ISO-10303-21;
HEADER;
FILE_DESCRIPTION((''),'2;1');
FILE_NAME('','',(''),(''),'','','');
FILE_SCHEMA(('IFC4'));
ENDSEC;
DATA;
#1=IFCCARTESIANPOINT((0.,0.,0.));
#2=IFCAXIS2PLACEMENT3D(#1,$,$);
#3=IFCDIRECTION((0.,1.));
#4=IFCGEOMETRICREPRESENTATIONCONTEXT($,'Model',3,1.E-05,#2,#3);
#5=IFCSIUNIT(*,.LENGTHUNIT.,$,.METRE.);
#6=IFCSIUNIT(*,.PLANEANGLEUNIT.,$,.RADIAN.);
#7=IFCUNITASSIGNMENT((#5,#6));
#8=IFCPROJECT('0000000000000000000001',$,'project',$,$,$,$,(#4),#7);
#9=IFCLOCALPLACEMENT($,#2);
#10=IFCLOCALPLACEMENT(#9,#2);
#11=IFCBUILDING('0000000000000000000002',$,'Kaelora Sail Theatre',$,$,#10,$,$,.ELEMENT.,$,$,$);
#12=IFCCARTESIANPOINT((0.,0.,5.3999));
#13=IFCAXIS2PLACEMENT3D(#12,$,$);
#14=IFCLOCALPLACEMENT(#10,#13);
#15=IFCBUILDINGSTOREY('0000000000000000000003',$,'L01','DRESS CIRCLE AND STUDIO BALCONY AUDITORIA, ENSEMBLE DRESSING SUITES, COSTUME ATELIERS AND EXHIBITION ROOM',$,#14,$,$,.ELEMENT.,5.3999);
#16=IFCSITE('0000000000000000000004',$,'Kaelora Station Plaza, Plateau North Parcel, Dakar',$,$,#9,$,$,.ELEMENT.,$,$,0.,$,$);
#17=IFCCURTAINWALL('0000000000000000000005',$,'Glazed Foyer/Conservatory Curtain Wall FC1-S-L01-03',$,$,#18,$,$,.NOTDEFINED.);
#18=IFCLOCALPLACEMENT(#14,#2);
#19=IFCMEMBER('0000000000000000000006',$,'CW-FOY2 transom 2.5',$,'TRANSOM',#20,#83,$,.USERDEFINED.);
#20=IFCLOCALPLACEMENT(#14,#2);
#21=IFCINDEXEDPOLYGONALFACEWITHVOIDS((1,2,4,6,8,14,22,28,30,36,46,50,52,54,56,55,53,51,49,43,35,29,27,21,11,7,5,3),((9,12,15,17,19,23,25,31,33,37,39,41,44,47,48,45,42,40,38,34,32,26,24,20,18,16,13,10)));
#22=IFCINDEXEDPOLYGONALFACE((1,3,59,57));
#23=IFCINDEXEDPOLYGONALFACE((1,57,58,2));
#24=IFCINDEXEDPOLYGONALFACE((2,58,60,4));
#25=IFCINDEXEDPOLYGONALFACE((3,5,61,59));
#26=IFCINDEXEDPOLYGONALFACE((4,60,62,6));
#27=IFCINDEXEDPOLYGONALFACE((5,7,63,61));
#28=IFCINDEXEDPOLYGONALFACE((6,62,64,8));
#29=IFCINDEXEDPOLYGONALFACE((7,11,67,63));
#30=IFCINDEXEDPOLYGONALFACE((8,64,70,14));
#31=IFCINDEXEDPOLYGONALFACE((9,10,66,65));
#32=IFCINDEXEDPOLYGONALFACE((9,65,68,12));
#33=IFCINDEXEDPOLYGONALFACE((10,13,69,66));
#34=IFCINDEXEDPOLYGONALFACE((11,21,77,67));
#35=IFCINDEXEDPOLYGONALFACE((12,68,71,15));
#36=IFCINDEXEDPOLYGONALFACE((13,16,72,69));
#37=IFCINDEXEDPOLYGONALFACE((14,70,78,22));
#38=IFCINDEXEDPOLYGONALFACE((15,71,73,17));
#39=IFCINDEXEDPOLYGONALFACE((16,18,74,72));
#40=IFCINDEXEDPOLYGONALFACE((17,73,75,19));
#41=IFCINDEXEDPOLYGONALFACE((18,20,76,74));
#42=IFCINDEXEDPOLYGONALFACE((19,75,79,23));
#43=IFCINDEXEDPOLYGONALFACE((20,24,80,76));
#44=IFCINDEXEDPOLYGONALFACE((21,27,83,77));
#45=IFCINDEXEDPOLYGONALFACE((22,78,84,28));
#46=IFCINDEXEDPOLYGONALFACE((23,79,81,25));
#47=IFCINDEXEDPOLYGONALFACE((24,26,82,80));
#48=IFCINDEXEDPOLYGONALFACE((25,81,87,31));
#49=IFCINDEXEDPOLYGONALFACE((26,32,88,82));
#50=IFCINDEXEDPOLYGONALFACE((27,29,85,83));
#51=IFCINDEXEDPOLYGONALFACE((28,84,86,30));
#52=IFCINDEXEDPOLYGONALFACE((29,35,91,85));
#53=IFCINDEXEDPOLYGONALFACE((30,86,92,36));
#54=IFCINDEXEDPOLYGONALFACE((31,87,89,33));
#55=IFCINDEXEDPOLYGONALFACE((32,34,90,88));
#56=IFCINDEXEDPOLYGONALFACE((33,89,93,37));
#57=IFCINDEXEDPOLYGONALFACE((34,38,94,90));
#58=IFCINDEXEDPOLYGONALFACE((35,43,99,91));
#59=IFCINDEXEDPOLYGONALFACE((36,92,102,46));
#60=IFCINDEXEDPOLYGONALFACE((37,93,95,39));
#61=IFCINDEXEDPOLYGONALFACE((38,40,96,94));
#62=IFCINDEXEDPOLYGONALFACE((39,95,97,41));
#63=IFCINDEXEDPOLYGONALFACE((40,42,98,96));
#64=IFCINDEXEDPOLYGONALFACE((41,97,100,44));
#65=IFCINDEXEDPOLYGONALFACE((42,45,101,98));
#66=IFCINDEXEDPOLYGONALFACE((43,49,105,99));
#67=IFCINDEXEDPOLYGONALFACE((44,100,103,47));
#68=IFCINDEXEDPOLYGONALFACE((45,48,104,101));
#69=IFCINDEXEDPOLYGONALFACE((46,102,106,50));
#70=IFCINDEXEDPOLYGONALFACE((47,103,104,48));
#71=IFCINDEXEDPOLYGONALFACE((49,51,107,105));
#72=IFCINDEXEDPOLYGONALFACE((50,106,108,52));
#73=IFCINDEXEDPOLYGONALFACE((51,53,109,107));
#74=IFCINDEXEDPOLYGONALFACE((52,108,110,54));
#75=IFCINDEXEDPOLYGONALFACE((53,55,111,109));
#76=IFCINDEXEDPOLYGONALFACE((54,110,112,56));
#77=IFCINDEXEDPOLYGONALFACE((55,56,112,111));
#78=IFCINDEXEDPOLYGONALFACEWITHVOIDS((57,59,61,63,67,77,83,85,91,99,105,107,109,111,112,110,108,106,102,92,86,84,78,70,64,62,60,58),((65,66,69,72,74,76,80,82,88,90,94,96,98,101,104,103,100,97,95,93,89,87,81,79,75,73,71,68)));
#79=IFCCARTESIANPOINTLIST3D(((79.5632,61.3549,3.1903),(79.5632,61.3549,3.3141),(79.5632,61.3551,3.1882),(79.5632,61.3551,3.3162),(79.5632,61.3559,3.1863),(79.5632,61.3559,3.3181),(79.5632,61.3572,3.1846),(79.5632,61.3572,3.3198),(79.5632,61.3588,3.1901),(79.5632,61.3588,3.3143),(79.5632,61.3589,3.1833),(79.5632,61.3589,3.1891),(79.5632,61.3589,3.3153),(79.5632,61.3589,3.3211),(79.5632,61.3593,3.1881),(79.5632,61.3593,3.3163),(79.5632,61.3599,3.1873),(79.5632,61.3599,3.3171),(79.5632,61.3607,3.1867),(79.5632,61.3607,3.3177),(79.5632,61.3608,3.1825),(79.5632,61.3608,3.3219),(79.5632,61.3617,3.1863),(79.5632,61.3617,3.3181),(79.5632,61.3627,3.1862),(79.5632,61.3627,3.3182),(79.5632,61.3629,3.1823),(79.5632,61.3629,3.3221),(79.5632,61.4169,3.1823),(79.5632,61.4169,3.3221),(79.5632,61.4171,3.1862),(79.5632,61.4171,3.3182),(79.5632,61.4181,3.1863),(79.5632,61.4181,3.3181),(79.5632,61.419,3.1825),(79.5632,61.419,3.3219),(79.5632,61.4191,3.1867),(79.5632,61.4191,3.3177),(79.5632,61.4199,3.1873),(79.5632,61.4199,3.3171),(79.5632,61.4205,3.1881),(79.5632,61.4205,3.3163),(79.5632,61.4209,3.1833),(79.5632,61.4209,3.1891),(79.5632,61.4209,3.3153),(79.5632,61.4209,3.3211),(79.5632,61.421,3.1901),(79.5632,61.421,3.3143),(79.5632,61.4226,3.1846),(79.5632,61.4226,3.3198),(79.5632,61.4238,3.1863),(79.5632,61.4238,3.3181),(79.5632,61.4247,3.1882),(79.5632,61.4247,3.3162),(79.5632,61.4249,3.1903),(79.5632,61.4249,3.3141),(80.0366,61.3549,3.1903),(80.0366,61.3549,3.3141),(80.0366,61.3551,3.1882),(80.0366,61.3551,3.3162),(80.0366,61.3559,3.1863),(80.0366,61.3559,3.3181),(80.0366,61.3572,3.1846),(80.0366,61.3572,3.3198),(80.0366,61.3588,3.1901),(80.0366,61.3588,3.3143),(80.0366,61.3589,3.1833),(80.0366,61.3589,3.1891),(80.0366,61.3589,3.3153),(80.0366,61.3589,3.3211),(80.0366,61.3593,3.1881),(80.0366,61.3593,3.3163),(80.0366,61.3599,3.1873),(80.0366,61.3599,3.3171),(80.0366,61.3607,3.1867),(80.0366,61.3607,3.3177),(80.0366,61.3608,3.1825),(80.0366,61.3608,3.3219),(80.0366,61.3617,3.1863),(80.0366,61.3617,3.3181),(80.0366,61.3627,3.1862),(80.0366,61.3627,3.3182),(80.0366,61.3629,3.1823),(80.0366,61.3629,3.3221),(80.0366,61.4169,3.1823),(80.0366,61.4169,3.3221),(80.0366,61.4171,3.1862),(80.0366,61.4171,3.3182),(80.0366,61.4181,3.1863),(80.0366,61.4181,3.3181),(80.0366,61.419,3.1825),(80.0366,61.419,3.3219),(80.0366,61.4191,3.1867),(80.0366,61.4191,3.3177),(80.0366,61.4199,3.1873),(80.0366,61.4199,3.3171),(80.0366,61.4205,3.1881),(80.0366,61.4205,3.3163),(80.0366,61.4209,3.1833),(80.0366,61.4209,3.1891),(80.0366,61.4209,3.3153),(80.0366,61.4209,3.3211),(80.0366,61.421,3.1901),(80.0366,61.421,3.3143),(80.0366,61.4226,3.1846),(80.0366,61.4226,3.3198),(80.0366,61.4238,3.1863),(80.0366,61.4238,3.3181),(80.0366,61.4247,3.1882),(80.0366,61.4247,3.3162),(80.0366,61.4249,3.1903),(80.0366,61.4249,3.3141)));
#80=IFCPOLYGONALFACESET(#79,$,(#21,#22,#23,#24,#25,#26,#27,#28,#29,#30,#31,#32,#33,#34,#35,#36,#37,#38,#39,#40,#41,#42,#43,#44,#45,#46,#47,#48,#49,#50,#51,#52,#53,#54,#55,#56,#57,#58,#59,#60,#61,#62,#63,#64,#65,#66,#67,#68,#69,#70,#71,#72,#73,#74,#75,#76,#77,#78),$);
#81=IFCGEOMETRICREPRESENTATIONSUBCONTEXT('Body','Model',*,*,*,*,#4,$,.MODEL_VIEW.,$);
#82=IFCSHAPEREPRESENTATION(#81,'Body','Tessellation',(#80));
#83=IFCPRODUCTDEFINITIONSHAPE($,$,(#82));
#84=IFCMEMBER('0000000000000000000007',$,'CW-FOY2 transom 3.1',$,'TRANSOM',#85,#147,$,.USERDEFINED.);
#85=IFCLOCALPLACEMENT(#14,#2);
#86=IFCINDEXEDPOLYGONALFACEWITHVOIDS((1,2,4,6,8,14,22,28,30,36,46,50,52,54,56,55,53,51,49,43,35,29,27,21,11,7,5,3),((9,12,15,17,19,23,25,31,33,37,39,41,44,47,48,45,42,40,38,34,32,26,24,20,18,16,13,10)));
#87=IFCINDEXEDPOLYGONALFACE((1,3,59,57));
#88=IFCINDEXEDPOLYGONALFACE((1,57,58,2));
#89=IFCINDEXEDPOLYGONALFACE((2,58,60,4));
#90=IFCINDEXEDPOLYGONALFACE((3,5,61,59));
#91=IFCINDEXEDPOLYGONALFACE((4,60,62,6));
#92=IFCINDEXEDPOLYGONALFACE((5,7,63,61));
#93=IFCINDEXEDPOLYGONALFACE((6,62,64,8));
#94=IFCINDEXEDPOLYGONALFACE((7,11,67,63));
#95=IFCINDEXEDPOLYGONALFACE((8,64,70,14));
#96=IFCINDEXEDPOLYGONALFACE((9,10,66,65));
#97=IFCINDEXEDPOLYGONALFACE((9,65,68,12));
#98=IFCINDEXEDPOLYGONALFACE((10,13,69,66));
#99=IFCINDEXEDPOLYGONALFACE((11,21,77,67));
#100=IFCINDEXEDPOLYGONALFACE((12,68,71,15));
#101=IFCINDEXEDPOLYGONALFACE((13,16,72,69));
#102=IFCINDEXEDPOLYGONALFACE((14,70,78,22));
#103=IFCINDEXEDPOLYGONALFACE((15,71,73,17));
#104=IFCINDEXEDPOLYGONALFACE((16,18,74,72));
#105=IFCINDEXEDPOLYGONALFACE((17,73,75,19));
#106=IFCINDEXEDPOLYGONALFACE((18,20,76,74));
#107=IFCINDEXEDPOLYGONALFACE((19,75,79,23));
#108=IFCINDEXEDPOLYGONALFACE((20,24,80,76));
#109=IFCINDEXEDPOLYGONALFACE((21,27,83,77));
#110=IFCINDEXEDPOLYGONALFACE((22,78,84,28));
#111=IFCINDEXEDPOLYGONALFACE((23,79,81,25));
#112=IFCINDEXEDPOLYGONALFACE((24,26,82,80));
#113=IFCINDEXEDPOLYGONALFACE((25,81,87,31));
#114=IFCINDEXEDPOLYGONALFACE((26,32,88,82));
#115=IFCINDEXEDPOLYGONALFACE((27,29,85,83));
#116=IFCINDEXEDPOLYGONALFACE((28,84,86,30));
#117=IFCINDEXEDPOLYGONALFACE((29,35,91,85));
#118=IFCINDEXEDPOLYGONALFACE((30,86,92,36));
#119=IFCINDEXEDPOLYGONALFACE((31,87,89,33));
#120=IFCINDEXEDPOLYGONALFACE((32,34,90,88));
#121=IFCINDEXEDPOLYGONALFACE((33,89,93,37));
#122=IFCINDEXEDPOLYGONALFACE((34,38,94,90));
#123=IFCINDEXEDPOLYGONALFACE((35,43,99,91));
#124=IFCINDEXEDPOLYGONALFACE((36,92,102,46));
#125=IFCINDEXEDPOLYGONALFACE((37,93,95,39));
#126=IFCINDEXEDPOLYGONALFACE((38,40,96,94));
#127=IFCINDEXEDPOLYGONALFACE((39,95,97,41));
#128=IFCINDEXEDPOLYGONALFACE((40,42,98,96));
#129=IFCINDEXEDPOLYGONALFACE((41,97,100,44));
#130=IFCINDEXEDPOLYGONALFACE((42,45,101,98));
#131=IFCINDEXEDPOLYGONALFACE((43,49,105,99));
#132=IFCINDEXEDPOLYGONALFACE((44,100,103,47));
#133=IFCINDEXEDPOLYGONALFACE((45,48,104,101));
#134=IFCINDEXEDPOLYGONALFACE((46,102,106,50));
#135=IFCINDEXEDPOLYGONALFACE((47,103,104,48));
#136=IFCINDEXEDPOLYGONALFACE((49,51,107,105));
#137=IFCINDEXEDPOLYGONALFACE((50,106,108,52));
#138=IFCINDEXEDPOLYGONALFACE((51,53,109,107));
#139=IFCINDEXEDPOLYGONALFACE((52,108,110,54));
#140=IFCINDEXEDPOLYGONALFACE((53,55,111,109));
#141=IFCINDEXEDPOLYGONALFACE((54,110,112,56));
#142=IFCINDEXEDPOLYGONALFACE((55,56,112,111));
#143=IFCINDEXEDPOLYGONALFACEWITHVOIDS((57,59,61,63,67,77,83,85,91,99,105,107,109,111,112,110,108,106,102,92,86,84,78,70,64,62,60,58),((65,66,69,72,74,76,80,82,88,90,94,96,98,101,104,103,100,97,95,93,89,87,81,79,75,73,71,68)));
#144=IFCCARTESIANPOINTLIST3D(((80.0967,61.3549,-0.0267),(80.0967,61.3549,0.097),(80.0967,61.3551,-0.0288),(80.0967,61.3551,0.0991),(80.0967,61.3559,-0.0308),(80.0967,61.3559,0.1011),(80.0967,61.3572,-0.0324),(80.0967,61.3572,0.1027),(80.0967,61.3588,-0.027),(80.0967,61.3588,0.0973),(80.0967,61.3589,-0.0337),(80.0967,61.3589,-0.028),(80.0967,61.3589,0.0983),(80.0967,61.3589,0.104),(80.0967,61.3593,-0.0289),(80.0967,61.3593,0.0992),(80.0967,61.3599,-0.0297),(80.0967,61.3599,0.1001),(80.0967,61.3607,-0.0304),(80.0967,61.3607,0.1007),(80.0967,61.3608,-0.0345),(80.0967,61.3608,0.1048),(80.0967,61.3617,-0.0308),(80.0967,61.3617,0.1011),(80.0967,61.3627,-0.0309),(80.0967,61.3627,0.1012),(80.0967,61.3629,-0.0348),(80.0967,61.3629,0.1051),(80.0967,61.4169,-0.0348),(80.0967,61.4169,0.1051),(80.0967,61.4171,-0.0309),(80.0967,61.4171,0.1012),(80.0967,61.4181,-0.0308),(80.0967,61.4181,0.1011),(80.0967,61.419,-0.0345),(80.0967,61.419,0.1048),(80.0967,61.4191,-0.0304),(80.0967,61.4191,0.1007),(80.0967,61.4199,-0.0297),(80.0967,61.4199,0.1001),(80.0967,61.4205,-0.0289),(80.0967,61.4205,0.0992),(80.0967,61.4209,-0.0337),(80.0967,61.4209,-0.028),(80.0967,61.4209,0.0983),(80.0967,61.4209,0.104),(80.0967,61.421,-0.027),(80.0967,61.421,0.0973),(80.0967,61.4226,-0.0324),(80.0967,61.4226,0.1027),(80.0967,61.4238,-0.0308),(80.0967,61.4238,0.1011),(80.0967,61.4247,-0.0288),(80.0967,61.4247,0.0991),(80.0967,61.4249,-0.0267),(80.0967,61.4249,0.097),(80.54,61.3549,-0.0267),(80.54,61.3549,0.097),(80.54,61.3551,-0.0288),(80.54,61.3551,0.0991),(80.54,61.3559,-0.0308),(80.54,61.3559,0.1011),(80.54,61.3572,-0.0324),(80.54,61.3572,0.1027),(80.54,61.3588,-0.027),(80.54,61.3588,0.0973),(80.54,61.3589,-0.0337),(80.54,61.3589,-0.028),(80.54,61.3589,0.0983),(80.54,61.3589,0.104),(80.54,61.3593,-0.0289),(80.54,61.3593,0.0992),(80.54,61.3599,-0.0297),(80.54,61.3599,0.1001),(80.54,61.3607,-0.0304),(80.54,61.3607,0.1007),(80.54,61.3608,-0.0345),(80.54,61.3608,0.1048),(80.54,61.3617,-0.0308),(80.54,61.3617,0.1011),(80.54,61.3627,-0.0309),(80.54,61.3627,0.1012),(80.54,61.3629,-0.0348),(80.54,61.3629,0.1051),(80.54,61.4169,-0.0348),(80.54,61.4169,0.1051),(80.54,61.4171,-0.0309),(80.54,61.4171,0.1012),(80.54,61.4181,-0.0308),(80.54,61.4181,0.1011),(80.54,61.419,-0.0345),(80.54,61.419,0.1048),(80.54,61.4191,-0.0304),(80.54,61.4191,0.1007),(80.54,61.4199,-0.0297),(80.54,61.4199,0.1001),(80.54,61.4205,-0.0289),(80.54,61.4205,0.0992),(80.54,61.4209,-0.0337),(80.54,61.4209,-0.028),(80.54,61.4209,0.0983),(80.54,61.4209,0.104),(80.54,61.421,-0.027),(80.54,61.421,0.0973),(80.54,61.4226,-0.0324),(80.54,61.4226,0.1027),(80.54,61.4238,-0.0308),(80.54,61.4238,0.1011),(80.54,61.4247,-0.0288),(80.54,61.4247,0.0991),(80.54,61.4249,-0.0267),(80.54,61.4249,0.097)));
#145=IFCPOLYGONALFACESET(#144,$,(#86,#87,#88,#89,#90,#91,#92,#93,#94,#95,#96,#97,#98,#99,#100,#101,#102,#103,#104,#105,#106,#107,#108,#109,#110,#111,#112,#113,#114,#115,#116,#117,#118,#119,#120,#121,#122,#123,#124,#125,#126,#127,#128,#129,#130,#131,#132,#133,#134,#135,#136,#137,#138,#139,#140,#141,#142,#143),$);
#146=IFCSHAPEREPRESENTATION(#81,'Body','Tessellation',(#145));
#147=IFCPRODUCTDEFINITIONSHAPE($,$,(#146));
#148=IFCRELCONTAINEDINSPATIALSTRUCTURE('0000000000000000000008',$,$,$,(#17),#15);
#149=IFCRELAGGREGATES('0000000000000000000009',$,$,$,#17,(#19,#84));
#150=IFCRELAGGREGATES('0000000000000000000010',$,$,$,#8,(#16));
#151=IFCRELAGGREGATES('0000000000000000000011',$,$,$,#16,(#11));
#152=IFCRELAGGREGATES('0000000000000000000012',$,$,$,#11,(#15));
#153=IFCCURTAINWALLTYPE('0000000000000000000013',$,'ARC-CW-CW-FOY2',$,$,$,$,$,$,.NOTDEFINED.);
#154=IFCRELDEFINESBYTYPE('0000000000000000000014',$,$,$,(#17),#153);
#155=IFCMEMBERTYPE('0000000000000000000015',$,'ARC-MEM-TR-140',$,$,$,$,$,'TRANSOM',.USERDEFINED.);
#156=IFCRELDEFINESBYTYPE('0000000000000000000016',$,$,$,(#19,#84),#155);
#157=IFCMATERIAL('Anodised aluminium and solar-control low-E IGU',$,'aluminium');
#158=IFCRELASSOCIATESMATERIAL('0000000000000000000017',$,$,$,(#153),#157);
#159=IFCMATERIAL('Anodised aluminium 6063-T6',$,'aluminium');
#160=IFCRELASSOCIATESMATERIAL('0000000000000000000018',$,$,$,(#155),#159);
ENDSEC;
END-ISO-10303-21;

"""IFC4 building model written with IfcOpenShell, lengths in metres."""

from ifc_helpers import new_model, si_unit, direction, frame, origin, origin_2d, place, context, subcontext, project, spatial, hollow_rectangle, extrude, material, material_profile, profile_set, type_object, element, aggregate, save


model = new_model("IFC4")

# Units and contexts
model_context = context("Model", 3, precision=1e-05, world=origin(), true_north=direction((0.0, 1.0)))
body_context = subcontext(model_context, "Body", "Model", "MODEL_VIEW")
ifc_project = project(units=[si_unit("LENGTHUNIT", "METRE"), si_unit("PLANEANGLEUNIT", "RADIAN")], contexts=[model_context])

# Site, building, storey
site_placement = place(None, origin())
site = spatial("IfcSite", under=ifc_project, at=site_placement, Name="Kaelora Station Plaza, Plateau North Parcel, Dakar", CompositionType="ELEMENT", RefElevation=0.0)
building_placement = place(site_placement, origin())
building = spatial("IfcBuilding", under=site, at=building_placement, Name="Kaelora Sail Theatre", CompositionType="ELEMENT")
storey_placement = place(building_placement, frame((0.0, 0.0, 5.3999)))
storey = spatial("IfcBuildingStorey", under=building, at=storey_placement, Name="L01", Description="DRESS CIRCLE AND STUDIO BALCONY AUDITORIA, ENSEMBLE DRESSING SUITES, COSTUME ATELIERS AND EXHIBITION ROOM", CompositionType="ELEMENT", Elevation=5.3999)

# Curtain wall
ifc_material_1 = material(Name="Anodised aluminium and solar-control low-E IGU", Category="aluminium")
curtain_wall_type = type_object("IfcCurtainWallType", Name="ARC-CW-CW-FOY2", PredefinedType="NOTDEFINED", material=ifc_material_1)
curtain_wall_1_placement = place(storey_placement, origin())
curtain_wall_1 = element("IfcCurtainWall", 1, at=curtain_wall_1_placement, inside=storey, type_object=curtain_wall_type, Name="Glazed Foyer/Conservatory Curtain Wall FC1-S-L01-03", PredefinedType="NOTDEFINED")

# Members
ifc_material_2 = material(Name="Anodised aluminium 6063-T6", Category="aluminium")
ifc_material_profile_1 = material_profile(ifc_material_2, hollow_rectangle(XDim=0.0701, YDim=0.1399, WallThickness=0.0039, InnerFilletRadius=0.0039, OuterFilletRadius=0.0081, at=origin_2d()), Name="ALU-TRAN 70x140x4")
ifc_profile_set_1 = profile_set([ifc_material_profile_1], Name="Anodised aluminium 6063-T6")
member_type_1 = type_object("IfcMemberType", Name="ARC-MEM-TR-140", ElementType="TRANSOM", PredefinedType="USERDEFINED", material=ifc_profile_set_1)
member_1_placement = place(storey_placement, frame((79.5632, 61.3899, 3.2522), z_axis=(1.0, 0.0, 0.0), x_axis=(0.0, 1.0, 0.0)))
member_1 = element("IfcMember", 2, at=member_1_placement, type_object=member_type_1, Name="CW-FOY2 transom 2.5", ObjectType="TRANSOM", PredefinedType="USERDEFINED", context=body_context, shape_type="SweptSolid", body=[
    extrude(hollow_rectangle(XDim=0.0701, YDim=0.1399, WallThickness=0.0039, InnerFilletRadius=0.0039, OuterFilletRadius=0.0081, at=origin_2d()), origin(), (0.0, 0.0, 1.0), 0.4734),
])
member_2_placement = place(storey_placement, frame((80.0967, 61.3899, 0.0352), z_axis=(1.0, 0.0, 0.0), x_axis=(0.0, 1.0, 0.0)))
member_2 = element("IfcMember", 3, at=member_2_placement, type_object=member_type_1, Name="CW-FOY2 transom 3.1", ObjectType="TRANSOM", PredefinedType="USERDEFINED", context=body_context, shape_type="SweptSolid", body=[
    extrude(hollow_rectangle(XDim=0.0701, YDim=0.1399, WallThickness=0.0039, InnerFilletRadius=0.0039, OuterFilletRadius=0.0081, at=origin_2d()), origin(), (0.0, 0.0, 1.0), 0.4434),
])

aggregate(curtain_wall_1, [member_1, member_2])

save(model, "model.ifc")
